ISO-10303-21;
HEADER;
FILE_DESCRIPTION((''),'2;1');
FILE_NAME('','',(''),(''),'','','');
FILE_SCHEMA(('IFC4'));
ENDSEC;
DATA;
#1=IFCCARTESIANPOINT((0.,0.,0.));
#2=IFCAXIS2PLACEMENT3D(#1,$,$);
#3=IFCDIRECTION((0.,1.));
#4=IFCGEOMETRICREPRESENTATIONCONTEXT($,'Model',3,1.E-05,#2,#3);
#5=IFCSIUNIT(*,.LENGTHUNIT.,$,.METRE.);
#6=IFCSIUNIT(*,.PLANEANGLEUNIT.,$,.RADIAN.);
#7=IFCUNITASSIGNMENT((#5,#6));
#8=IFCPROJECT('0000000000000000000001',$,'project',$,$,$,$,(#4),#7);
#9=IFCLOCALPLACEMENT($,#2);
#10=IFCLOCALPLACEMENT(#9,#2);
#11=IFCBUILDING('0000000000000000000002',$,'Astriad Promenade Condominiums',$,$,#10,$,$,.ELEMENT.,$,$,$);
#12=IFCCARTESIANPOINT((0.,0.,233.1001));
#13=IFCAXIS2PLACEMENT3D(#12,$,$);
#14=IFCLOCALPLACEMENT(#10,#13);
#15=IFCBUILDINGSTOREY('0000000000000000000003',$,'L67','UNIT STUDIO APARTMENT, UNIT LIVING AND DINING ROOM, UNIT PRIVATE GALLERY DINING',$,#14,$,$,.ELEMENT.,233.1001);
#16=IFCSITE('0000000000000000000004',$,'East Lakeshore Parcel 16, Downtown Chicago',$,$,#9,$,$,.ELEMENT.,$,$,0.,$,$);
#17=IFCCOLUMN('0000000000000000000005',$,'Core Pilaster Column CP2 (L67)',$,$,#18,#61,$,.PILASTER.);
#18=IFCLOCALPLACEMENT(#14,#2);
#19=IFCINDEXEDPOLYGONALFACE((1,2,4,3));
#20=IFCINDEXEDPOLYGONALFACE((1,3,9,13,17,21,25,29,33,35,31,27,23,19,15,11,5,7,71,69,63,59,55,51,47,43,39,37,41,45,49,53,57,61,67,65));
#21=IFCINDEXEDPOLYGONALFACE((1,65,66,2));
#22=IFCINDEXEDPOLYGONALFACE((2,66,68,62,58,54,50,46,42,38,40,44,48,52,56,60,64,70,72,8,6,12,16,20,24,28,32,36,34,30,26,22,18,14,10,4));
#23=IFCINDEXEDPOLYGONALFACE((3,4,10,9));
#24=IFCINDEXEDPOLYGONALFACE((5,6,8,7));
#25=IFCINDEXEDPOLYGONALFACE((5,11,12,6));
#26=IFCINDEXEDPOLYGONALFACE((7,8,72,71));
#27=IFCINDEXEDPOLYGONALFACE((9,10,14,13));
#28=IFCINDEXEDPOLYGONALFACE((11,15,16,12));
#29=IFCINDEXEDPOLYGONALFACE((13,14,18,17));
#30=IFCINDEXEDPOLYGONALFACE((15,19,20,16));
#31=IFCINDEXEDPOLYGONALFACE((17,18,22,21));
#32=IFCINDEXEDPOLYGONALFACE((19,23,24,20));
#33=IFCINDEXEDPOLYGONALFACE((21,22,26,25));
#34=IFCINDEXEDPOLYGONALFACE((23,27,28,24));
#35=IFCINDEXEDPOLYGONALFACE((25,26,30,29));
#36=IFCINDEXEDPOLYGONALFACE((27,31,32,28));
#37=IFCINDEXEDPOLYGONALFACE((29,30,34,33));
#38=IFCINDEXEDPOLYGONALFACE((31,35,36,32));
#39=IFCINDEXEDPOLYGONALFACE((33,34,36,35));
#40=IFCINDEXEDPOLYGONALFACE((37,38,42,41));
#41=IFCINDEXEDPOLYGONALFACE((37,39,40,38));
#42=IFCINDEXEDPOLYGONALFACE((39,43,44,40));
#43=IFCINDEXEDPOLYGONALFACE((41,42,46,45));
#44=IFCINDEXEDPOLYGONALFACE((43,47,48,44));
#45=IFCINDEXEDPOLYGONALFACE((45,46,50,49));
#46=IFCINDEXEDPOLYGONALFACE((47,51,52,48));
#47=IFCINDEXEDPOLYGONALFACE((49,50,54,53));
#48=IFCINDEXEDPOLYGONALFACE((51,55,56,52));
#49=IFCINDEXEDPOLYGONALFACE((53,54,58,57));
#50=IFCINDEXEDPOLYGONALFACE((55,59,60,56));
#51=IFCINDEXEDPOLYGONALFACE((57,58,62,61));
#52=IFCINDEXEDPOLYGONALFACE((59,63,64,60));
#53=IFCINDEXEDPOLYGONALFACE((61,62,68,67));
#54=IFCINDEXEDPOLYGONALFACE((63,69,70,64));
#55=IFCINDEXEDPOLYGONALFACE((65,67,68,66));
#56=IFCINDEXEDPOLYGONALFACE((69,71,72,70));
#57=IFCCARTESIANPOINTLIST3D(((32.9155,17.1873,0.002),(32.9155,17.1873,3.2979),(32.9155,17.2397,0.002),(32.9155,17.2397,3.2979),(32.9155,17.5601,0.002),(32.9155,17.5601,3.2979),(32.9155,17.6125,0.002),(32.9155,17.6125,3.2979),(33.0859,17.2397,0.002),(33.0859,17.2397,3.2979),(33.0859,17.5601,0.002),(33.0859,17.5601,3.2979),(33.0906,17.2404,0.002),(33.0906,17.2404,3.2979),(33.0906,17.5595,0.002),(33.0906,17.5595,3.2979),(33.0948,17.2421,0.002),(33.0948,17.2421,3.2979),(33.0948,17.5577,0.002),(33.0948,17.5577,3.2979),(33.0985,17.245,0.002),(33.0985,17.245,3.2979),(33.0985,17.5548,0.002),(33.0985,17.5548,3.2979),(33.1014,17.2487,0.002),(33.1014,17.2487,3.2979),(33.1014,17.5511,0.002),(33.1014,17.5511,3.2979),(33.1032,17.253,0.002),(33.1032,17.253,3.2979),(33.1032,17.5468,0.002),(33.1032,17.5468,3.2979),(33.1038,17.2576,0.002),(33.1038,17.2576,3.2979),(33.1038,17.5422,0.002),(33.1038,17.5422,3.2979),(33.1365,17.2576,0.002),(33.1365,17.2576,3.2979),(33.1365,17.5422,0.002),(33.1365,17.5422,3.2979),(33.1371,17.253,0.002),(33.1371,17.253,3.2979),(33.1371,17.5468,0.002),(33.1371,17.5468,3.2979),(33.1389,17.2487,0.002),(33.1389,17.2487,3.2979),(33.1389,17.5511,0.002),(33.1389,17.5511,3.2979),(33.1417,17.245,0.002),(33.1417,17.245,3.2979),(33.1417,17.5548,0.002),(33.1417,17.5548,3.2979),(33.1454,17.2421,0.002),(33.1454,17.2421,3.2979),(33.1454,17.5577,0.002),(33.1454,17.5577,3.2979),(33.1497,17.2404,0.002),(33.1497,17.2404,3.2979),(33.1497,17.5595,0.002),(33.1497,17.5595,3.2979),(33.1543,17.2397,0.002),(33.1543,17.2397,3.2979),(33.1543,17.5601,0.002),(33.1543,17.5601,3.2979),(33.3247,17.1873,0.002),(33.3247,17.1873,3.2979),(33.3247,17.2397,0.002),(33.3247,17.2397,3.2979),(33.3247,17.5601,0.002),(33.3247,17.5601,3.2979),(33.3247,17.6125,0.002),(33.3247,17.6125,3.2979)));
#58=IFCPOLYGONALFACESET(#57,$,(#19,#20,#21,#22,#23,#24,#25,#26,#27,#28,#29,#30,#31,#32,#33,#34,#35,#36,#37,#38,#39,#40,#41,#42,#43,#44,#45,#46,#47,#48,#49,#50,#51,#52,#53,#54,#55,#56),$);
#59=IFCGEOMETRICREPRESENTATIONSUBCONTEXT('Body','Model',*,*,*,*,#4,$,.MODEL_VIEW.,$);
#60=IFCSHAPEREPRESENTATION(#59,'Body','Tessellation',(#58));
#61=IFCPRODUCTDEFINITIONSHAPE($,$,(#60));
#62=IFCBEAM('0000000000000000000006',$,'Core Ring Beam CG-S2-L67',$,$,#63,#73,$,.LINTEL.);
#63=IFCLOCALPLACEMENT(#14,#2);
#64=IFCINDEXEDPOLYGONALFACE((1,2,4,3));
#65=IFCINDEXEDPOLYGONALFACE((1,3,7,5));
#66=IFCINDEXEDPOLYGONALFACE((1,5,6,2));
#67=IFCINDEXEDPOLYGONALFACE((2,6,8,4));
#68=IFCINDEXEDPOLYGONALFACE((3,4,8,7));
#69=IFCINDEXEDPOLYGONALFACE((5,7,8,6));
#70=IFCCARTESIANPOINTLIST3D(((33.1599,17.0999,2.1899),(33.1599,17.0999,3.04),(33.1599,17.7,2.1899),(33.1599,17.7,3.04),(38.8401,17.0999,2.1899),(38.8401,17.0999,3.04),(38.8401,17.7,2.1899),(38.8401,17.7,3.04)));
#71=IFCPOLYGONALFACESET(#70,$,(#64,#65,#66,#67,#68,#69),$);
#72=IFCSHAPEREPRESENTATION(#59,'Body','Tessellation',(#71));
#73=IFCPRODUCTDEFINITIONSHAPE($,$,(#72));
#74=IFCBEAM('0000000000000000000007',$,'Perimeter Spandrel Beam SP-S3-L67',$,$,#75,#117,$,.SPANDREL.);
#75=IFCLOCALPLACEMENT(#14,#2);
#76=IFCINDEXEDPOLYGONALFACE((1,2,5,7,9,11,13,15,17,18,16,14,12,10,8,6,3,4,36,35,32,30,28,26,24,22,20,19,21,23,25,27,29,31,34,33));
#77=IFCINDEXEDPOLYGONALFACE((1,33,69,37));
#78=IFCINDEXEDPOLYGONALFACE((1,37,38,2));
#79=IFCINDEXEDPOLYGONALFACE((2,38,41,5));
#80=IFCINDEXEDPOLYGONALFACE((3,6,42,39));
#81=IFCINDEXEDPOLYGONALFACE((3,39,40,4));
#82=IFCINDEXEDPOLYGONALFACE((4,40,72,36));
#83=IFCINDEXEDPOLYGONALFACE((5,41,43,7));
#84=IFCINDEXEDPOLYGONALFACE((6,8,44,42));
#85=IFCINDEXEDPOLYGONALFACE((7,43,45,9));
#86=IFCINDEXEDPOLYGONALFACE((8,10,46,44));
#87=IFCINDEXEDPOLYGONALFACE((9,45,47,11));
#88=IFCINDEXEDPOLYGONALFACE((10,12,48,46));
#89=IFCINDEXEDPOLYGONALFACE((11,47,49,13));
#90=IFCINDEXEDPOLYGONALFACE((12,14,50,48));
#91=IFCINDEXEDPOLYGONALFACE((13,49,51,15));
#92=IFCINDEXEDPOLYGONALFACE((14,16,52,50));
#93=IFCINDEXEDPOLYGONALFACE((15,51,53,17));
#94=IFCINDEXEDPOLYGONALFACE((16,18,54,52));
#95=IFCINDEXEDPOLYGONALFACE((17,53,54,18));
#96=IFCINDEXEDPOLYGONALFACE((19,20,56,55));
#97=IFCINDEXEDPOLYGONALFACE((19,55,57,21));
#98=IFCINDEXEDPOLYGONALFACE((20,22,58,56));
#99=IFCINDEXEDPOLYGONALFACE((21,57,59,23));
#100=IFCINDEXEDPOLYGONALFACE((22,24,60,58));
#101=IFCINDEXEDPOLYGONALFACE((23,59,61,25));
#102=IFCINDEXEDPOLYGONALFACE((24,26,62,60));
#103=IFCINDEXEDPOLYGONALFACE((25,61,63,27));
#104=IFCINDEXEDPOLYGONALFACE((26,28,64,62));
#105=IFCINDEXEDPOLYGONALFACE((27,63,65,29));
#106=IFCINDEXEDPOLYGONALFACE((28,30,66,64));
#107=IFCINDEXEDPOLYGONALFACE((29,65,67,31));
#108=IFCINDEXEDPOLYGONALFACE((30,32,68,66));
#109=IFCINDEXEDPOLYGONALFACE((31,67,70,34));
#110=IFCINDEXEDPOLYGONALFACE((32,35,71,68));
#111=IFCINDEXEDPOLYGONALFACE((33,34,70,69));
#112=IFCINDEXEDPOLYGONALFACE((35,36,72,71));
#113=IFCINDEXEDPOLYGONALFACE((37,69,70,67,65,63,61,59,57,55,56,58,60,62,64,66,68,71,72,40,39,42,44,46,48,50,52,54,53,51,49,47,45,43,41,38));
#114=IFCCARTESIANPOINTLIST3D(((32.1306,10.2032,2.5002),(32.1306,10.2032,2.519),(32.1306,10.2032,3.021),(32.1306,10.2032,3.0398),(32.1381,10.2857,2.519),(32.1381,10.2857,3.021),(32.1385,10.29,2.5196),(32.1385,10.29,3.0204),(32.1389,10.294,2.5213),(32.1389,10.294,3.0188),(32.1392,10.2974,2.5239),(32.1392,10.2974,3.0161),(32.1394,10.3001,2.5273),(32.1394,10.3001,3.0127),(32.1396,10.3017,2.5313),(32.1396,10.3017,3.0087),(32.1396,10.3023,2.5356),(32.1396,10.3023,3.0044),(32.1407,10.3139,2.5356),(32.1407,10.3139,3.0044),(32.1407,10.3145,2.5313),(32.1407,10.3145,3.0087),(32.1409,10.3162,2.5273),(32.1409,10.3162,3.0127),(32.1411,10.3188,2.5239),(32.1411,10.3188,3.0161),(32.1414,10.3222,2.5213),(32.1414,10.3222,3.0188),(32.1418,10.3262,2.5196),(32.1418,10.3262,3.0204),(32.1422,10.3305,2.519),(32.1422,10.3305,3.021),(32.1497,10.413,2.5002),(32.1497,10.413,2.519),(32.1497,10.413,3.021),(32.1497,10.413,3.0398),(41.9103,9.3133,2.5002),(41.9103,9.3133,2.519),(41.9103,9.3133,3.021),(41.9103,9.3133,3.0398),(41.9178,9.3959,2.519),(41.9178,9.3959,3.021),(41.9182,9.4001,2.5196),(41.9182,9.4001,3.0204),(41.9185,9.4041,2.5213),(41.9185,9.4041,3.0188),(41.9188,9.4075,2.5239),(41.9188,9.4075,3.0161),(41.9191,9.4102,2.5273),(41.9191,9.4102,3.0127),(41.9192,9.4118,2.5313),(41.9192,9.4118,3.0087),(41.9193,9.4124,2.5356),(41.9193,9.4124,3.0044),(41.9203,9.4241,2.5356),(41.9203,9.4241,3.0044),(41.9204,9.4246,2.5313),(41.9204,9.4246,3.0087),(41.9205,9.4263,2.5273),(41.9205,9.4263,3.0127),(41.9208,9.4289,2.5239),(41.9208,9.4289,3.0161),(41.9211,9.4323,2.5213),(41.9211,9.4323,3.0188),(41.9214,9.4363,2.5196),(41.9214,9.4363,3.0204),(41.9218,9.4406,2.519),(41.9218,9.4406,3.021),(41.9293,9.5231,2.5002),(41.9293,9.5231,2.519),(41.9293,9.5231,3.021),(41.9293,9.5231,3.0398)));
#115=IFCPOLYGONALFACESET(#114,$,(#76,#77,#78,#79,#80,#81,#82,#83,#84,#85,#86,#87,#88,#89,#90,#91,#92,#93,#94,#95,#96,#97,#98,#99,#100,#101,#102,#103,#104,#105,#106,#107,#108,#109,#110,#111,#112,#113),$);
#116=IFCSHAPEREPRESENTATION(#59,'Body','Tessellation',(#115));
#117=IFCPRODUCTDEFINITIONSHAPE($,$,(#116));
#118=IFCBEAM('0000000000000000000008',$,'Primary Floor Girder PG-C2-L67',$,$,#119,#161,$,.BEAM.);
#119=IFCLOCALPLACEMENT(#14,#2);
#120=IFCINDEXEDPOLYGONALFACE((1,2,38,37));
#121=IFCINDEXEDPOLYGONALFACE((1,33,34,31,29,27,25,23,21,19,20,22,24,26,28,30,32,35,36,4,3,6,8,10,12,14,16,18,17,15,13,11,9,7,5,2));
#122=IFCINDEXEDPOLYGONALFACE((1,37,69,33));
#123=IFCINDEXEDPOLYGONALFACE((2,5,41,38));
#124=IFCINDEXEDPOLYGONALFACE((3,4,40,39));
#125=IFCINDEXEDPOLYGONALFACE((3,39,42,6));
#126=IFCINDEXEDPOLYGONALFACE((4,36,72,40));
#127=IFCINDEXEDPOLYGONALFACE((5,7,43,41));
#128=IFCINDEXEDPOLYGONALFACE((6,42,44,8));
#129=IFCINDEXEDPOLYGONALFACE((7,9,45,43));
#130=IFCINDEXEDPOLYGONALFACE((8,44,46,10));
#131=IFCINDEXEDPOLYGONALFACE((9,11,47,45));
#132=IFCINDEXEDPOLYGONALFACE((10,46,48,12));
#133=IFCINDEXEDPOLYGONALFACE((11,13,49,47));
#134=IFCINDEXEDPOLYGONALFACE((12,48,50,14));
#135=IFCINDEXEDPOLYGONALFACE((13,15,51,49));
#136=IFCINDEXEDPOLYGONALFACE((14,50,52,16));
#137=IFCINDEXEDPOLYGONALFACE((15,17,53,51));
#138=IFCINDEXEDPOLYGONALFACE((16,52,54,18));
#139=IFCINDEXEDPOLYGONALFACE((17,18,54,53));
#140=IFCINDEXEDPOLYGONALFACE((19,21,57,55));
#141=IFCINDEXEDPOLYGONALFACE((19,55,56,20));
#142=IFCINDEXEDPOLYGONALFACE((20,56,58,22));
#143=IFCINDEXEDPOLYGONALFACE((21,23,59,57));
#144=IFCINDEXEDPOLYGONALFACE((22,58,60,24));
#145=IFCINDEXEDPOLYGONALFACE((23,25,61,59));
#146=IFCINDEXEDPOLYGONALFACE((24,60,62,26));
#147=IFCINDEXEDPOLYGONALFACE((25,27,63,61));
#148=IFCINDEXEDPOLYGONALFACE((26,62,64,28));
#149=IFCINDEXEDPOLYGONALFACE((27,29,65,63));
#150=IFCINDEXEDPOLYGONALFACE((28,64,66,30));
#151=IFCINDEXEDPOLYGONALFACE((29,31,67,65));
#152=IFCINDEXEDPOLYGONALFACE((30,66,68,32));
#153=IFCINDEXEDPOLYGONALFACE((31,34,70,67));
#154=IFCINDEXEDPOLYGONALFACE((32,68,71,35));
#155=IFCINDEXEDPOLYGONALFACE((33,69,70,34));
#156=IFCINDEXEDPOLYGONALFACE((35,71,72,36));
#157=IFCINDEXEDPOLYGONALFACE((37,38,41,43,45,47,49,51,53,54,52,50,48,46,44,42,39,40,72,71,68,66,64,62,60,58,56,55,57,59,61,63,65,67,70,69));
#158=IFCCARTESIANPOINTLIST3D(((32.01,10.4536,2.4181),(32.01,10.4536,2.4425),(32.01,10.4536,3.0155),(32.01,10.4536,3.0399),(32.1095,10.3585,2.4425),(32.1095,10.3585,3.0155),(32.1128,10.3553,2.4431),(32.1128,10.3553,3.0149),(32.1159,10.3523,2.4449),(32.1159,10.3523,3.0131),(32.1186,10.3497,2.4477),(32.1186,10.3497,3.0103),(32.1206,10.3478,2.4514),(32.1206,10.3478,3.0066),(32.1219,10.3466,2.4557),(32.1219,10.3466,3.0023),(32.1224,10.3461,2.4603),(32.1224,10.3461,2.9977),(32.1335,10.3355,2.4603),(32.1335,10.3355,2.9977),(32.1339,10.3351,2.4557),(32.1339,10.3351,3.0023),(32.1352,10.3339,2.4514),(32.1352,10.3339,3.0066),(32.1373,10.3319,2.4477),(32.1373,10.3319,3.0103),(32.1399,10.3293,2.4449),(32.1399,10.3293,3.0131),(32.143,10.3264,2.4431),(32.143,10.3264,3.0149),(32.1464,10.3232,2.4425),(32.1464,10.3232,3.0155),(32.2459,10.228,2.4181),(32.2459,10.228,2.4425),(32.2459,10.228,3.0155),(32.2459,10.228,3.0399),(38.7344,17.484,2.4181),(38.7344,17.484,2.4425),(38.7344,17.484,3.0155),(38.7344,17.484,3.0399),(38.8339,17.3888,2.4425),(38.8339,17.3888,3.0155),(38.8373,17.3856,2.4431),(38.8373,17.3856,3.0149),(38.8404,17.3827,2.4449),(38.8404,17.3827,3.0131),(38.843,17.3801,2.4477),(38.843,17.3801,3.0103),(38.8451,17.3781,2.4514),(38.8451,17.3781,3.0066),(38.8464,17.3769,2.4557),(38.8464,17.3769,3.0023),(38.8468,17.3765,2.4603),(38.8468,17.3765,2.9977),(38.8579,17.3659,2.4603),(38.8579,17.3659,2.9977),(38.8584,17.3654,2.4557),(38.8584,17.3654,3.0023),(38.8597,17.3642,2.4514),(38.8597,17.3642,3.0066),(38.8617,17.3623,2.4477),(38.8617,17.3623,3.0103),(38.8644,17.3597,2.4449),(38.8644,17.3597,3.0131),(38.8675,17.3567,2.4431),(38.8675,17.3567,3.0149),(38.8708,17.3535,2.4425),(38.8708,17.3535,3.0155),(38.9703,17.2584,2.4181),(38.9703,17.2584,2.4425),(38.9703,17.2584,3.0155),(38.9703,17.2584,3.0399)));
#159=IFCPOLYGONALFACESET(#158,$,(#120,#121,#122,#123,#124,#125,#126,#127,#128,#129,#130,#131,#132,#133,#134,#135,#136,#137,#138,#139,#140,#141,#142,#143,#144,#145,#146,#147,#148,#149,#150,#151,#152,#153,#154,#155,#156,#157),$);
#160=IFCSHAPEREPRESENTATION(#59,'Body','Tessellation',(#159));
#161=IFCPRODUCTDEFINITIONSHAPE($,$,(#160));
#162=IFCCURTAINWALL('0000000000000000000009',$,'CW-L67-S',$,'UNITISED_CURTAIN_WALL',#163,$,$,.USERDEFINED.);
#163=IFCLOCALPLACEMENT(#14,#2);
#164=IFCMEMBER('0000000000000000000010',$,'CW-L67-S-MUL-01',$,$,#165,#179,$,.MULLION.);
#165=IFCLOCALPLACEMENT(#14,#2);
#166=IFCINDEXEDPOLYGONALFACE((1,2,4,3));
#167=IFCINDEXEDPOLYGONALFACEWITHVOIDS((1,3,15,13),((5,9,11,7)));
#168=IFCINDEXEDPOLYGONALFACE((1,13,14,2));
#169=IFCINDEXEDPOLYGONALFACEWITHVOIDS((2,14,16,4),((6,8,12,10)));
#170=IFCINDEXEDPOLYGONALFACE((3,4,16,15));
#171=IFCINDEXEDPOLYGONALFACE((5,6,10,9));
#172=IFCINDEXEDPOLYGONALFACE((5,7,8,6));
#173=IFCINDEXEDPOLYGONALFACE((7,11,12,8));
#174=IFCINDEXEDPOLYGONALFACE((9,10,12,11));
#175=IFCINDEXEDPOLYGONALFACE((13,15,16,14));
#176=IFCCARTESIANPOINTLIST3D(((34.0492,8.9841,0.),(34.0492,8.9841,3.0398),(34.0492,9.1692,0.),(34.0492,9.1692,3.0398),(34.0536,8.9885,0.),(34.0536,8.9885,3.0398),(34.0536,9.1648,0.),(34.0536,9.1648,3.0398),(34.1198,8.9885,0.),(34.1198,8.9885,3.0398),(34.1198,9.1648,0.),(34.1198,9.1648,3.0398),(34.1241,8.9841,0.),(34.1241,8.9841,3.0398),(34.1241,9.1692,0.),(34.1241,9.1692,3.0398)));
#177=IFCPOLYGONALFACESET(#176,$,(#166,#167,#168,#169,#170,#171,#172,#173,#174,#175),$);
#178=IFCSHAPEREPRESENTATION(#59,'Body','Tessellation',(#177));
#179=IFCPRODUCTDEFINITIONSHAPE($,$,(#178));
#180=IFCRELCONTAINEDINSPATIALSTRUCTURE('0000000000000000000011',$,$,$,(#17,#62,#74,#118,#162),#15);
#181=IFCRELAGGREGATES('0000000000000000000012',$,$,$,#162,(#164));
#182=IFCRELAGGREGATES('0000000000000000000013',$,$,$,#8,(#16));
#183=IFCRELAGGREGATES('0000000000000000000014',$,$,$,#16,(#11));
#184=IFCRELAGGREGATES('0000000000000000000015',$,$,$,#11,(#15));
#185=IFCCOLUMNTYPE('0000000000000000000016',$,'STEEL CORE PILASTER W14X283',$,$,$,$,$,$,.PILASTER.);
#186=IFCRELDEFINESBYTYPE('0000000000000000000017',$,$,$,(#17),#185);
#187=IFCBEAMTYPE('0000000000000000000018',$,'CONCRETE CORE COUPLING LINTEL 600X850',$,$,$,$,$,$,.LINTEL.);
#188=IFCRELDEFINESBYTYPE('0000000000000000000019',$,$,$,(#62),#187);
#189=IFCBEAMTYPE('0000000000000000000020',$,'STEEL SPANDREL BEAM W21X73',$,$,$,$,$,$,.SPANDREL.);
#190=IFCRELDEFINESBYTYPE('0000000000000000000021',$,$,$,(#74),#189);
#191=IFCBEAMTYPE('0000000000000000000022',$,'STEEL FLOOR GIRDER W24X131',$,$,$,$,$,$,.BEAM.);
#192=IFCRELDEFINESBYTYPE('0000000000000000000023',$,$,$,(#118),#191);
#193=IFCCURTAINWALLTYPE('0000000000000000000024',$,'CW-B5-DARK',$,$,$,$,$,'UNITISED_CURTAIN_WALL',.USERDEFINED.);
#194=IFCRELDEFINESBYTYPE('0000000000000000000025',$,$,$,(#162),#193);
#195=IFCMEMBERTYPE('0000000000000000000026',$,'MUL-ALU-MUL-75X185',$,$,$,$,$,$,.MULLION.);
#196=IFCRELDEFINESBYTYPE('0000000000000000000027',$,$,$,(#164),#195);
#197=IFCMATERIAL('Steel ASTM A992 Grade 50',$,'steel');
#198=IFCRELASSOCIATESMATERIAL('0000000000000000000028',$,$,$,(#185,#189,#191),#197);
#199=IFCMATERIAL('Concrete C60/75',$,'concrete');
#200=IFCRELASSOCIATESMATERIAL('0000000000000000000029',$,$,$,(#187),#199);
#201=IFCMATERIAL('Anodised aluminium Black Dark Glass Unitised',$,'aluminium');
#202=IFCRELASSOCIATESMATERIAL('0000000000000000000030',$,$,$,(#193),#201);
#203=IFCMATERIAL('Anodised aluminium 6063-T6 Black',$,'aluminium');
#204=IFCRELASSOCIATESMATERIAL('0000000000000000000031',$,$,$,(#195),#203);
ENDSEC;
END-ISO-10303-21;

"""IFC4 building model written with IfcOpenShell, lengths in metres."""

from ifc_helpers import new_model, si_unit, direction, frame, origin, origin_2d, place, context, subcontext, project, spatial, rectangle, hollow_rectangle, i_section, extrude, source, transform, mapped, material, material_profile, profile_set, type_object, type_shapes, element, aggregate, save


model = new_model("IFC4")

# Units and contexts
model_context = context("Model", 3, precision=1e-05, world=origin(), true_north=direction((0.0, 1.0)))
body_context = subcontext(model_context, "Body", "Model", "MODEL_VIEW")
ifc_project = project(units=[si_unit("LENGTHUNIT", "METRE"), si_unit("PLANEANGLEUNIT", "RADIAN")], contexts=[model_context])

# Site, building, storey
site_placement = place(None, origin())
site = spatial("IfcSite", under=ifc_project, at=site_placement, Name="East Lakeshore Parcel 16, Downtown Chicago", CompositionType="ELEMENT", RefElevation=0.0)
building_placement = place(site_placement, origin())
building = spatial("IfcBuilding", under=site, at=building_placement, Name="Astriad Promenade Condominiums", CompositionType="ELEMENT")
storey_placement = place(building_placement, frame((0.0, 0.0, 233.1001)))
storey = spatial("IfcBuildingStorey", under=building, at=storey_placement, Name="L67", Description="UNIT STUDIO APARTMENT, UNIT LIVING AND DINING ROOM, UNIT PRIVATE GALLERY DINING", CompositionType="ELEMENT", Elevation=233.1001)

# Column
ifc_material_1 = material(Name="Steel ASTM A992 Grade 50", Category="steel")
ifc_material_profile_1 = material_profile(ifc_material_1, i_section(OverallWidth=0.4092, OverallDepth=0.4253, WebThickness=0.0327, FlangeThickness=0.0525, FilletRadius=0.0178, at=origin_2d()), Name="W14X283")
ifc_profile_set_1 = profile_set([ifc_material_profile_1], Name="Steel ASTM A992 Grade 50")
column_type = type_object("IfcColumnType", Name="STEEL CORE PILASTER W14X283", PredefinedType="PILASTER", material=ifc_profile_set_1)
shared_shape_1 = source(origin(), body_context, "Body", "SweptSolid", [
    extrude(i_section(OverallWidth=0.4092, OverallDepth=0.4253, WebThickness=0.0327, FlangeThickness=0.0525, FilletRadius=0.0178, at=origin_2d()), origin(), (0.0, 0.0, 1.0), 3.2959),
])
type_shapes(column_type, [shared_shape_1])
column_placement = place(storey_placement, frame((33.1201, 17.3999, 0.002), z_axis=(0.0, 0.0, 1.0), x_axis=(1.0, 0.0, 0.0)))
element("IfcColumn", 1, at=column_placement, inside=storey, type_object=column_type, Name="Core Pilaster Column CP2 (L67)", PredefinedType="PILASTER", context=body_context, shape_type="MappedRepresentation", body=[
    mapped(shared_shape_1, transform((0.0, 0.0, 0.0), scale=1.0)),
])

# Beams
ifc_material_2 = material(Name="Concrete C60/75", Category="concrete")
ifc_material_profile_2 = material_profile(ifc_material_2, rectangle(XDim=0.6001, YDim=0.8501, at=origin_2d()), Name="RC-BM-600X850")
ifc_profile_set_2 = profile_set([ifc_material_profile_2], Name="Concrete C60/75")
beam_type_1 = type_object("IfcBeamType", Name="CONCRETE CORE COUPLING LINTEL 600X850", PredefinedType="LINTEL", material=ifc_profile_set_2)
shared_shape_2 = source(origin(), body_context, "Body", "SweptSolid", [
    extrude(rectangle(XDim=0.6001, YDim=0.8501, at=origin_2d()), origin(), (0.0, 0.0, 1.0), 5.6802),
])
type_shapes(beam_type_1, [shared_shape_2])
beam_1_placement = place(storey_placement, frame((33.1599, 17.3999, 2.615), z_axis=(1.0, 0.0, 0.0), x_axis=(0.0, 1.0, 0.0)))
element("IfcBeam", 2, at=beam_1_placement, inside=storey, type_object=beam_type_1, Name="Core Ring Beam CG-S2-L67", PredefinedType="LINTEL", context=body_context, shape_type="MappedRepresentation", body=[
    mapped(shared_shape_2, transform((0.0, 0.0, 0.0), scale=1.0)),
])
ifc_material_profile_3 = material_profile(ifc_material_1, i_section(OverallWidth=0.2107, OverallDepth=0.5396, WebThickness=0.0117, FlangeThickness=0.0188, FilletRadius=0.0166, at=origin_2d()), Name="W21X73")
ifc_profile_set_3 = profile_set([ifc_material_profile_3], Name="Steel ASTM A992 Grade 50")
beam_type_2 = type_object("IfcBeamType", Name="STEEL SPANDREL BEAM W21X73", PredefinedType="SPANDREL", material=ifc_profile_set_3)
shared_shape_3 = source(origin(), body_context, "Body", "SweptSolid", [
    extrude(i_section(OverallWidth=0.2107, OverallDepth=0.5396, WebThickness=0.0117, FlangeThickness=0.0188, FilletRadius=0.0166, at=origin_2d()), origin(), (0.0, 0.0, 1.0), 9.8201),
])
type_shapes(beam_type_2, [shared_shape_3])
beam_2_placement = place(storey_placement, frame((32.1401, 10.3081, 2.77), z_axis=(0.995886, -0.090619, 0.0), x_axis=(0.090619, 0.995886, 0.0)))
element("IfcBeam", 3, at=beam_2_placement, inside=storey, type_object=beam_type_2, Name="Perimeter Spandrel Beam SP-S3-L67", PredefinedType="SPANDREL", context=body_context, shape_type="MappedRepresentation", body=[
    mapped(shared_shape_3, transform((0.0, 0.0, 0.0), scale=1.0)),
])
ifc_material_profile_4 = material_profile(ifc_material_1, i_section(OverallWidth=0.3264, OverallDepth=0.6218, WebThickness=0.0154, FlangeThickness=0.0244, FilletRadius=0.0178, at=origin_2d()), Name="W24X131")
ifc_profile_set_4 = profile_set([ifc_material_profile_4], Name="Steel ASTM A992 Grade 50")
beam_type_3 = type_object("IfcBeamType", Name="STEEL FLOOR GIRDER W24X131", PredefinedType="BEAM", material=ifc_profile_set_4)
shared_shape_4 = source(origin(), body_context, "Body", "SweptSolid", [
    extrude(i_section(OverallWidth=0.3264, OverallDepth=0.6218, WebThickness=0.0154, FlangeThickness=0.0244, FilletRadius=0.0178, at=origin_2d()), origin(), (0.0, 0.0, 1.0), 9.7285),
])
type_shapes(beam_type_3, [shared_shape_4])
beam_3_placement = place(storey_placement, frame((32.1279, 10.3408, 2.729), z_axis=(0.69121, 0.722654, 0.0), x_axis=(-0.722654, 0.69121, 0.0)))
element("IfcBeam", 4, at=beam_3_placement, inside=storey, type_object=beam_type_3, Name="Primary Floor Girder PG-C2-L67", PredefinedType="BEAM", context=body_context, shape_type="MappedRepresentation", body=[
    mapped(shared_shape_4, transform((0.0, 0.0, 0.0), scale=1.0)),
])

# Curtain wall, member
ifc_material_3 = material(Name="Anodised aluminium Black Dark Glass Unitised", Category="aluminium")
curtain_wall_type = type_object("IfcCurtainWallType", Name="CW-B5-DARK", ElementType="UNITISED_CURTAIN_WALL", PredefinedType="USERDEFINED", material=ifc_material_3)
curtain_wall_placement = place(storey_placement, origin())
curtain_wall = element("IfcCurtainWall", 5, at=curtain_wall_placement, inside=storey, type_object=curtain_wall_type, Name="CW-L67-S", ObjectType="UNITISED_CURTAIN_WALL", PredefinedType="USERDEFINED")
ifc_material_4 = material(Name="Anodised aluminium 6063-T6 Black", Category="aluminium")
ifc_material_profile_5 = material_profile(ifc_material_4, hollow_rectangle(XDim=0.075, YDim=0.1851, WallThickness=0.0044, at=origin_2d()), Name="ALU-MUL-75X185")
ifc_profile_set_5 = profile_set([ifc_material_profile_5], Name="Anodised aluminium 6063-T6 Black")
member_type_1 = type_object("IfcMemberType", Name="MUL-ALU-MUL-75X185", PredefinedType="MULLION", material=ifc_profile_set_5)
shared_shape_5 = source(origin(), body_context, "Body", "SweptSolid", [
    extrude(hollow_rectangle(XDim=0.075, YDim=0.1851, WallThickness=0.0044, at=origin_2d()), origin(), (0.0, 0.0, 1.0), 3.0398),
])
type_shapes(member_type_1, [shared_shape_5])
member_1_placement = place(storey_placement, frame((34.0867, 9.0767, 0.0), z_axis=(0.0, 0.0, 1.0), x_axis=(1.0, 0.0, 0.0)))
member_1 = element("IfcMember", 6, at=member_1_placement, type_object=member_type_1, Name="CW-L67-S-MUL-01", PredefinedType="MULLION", context=body_context, shape_type="MappedRepresentation", body=[
    mapped(shared_shape_5, transform((0.0, 0.0, 0.0), scale=1.0)),
])
aggregate(curtain_wall, [member_1])

save(model, "model.ifc")
